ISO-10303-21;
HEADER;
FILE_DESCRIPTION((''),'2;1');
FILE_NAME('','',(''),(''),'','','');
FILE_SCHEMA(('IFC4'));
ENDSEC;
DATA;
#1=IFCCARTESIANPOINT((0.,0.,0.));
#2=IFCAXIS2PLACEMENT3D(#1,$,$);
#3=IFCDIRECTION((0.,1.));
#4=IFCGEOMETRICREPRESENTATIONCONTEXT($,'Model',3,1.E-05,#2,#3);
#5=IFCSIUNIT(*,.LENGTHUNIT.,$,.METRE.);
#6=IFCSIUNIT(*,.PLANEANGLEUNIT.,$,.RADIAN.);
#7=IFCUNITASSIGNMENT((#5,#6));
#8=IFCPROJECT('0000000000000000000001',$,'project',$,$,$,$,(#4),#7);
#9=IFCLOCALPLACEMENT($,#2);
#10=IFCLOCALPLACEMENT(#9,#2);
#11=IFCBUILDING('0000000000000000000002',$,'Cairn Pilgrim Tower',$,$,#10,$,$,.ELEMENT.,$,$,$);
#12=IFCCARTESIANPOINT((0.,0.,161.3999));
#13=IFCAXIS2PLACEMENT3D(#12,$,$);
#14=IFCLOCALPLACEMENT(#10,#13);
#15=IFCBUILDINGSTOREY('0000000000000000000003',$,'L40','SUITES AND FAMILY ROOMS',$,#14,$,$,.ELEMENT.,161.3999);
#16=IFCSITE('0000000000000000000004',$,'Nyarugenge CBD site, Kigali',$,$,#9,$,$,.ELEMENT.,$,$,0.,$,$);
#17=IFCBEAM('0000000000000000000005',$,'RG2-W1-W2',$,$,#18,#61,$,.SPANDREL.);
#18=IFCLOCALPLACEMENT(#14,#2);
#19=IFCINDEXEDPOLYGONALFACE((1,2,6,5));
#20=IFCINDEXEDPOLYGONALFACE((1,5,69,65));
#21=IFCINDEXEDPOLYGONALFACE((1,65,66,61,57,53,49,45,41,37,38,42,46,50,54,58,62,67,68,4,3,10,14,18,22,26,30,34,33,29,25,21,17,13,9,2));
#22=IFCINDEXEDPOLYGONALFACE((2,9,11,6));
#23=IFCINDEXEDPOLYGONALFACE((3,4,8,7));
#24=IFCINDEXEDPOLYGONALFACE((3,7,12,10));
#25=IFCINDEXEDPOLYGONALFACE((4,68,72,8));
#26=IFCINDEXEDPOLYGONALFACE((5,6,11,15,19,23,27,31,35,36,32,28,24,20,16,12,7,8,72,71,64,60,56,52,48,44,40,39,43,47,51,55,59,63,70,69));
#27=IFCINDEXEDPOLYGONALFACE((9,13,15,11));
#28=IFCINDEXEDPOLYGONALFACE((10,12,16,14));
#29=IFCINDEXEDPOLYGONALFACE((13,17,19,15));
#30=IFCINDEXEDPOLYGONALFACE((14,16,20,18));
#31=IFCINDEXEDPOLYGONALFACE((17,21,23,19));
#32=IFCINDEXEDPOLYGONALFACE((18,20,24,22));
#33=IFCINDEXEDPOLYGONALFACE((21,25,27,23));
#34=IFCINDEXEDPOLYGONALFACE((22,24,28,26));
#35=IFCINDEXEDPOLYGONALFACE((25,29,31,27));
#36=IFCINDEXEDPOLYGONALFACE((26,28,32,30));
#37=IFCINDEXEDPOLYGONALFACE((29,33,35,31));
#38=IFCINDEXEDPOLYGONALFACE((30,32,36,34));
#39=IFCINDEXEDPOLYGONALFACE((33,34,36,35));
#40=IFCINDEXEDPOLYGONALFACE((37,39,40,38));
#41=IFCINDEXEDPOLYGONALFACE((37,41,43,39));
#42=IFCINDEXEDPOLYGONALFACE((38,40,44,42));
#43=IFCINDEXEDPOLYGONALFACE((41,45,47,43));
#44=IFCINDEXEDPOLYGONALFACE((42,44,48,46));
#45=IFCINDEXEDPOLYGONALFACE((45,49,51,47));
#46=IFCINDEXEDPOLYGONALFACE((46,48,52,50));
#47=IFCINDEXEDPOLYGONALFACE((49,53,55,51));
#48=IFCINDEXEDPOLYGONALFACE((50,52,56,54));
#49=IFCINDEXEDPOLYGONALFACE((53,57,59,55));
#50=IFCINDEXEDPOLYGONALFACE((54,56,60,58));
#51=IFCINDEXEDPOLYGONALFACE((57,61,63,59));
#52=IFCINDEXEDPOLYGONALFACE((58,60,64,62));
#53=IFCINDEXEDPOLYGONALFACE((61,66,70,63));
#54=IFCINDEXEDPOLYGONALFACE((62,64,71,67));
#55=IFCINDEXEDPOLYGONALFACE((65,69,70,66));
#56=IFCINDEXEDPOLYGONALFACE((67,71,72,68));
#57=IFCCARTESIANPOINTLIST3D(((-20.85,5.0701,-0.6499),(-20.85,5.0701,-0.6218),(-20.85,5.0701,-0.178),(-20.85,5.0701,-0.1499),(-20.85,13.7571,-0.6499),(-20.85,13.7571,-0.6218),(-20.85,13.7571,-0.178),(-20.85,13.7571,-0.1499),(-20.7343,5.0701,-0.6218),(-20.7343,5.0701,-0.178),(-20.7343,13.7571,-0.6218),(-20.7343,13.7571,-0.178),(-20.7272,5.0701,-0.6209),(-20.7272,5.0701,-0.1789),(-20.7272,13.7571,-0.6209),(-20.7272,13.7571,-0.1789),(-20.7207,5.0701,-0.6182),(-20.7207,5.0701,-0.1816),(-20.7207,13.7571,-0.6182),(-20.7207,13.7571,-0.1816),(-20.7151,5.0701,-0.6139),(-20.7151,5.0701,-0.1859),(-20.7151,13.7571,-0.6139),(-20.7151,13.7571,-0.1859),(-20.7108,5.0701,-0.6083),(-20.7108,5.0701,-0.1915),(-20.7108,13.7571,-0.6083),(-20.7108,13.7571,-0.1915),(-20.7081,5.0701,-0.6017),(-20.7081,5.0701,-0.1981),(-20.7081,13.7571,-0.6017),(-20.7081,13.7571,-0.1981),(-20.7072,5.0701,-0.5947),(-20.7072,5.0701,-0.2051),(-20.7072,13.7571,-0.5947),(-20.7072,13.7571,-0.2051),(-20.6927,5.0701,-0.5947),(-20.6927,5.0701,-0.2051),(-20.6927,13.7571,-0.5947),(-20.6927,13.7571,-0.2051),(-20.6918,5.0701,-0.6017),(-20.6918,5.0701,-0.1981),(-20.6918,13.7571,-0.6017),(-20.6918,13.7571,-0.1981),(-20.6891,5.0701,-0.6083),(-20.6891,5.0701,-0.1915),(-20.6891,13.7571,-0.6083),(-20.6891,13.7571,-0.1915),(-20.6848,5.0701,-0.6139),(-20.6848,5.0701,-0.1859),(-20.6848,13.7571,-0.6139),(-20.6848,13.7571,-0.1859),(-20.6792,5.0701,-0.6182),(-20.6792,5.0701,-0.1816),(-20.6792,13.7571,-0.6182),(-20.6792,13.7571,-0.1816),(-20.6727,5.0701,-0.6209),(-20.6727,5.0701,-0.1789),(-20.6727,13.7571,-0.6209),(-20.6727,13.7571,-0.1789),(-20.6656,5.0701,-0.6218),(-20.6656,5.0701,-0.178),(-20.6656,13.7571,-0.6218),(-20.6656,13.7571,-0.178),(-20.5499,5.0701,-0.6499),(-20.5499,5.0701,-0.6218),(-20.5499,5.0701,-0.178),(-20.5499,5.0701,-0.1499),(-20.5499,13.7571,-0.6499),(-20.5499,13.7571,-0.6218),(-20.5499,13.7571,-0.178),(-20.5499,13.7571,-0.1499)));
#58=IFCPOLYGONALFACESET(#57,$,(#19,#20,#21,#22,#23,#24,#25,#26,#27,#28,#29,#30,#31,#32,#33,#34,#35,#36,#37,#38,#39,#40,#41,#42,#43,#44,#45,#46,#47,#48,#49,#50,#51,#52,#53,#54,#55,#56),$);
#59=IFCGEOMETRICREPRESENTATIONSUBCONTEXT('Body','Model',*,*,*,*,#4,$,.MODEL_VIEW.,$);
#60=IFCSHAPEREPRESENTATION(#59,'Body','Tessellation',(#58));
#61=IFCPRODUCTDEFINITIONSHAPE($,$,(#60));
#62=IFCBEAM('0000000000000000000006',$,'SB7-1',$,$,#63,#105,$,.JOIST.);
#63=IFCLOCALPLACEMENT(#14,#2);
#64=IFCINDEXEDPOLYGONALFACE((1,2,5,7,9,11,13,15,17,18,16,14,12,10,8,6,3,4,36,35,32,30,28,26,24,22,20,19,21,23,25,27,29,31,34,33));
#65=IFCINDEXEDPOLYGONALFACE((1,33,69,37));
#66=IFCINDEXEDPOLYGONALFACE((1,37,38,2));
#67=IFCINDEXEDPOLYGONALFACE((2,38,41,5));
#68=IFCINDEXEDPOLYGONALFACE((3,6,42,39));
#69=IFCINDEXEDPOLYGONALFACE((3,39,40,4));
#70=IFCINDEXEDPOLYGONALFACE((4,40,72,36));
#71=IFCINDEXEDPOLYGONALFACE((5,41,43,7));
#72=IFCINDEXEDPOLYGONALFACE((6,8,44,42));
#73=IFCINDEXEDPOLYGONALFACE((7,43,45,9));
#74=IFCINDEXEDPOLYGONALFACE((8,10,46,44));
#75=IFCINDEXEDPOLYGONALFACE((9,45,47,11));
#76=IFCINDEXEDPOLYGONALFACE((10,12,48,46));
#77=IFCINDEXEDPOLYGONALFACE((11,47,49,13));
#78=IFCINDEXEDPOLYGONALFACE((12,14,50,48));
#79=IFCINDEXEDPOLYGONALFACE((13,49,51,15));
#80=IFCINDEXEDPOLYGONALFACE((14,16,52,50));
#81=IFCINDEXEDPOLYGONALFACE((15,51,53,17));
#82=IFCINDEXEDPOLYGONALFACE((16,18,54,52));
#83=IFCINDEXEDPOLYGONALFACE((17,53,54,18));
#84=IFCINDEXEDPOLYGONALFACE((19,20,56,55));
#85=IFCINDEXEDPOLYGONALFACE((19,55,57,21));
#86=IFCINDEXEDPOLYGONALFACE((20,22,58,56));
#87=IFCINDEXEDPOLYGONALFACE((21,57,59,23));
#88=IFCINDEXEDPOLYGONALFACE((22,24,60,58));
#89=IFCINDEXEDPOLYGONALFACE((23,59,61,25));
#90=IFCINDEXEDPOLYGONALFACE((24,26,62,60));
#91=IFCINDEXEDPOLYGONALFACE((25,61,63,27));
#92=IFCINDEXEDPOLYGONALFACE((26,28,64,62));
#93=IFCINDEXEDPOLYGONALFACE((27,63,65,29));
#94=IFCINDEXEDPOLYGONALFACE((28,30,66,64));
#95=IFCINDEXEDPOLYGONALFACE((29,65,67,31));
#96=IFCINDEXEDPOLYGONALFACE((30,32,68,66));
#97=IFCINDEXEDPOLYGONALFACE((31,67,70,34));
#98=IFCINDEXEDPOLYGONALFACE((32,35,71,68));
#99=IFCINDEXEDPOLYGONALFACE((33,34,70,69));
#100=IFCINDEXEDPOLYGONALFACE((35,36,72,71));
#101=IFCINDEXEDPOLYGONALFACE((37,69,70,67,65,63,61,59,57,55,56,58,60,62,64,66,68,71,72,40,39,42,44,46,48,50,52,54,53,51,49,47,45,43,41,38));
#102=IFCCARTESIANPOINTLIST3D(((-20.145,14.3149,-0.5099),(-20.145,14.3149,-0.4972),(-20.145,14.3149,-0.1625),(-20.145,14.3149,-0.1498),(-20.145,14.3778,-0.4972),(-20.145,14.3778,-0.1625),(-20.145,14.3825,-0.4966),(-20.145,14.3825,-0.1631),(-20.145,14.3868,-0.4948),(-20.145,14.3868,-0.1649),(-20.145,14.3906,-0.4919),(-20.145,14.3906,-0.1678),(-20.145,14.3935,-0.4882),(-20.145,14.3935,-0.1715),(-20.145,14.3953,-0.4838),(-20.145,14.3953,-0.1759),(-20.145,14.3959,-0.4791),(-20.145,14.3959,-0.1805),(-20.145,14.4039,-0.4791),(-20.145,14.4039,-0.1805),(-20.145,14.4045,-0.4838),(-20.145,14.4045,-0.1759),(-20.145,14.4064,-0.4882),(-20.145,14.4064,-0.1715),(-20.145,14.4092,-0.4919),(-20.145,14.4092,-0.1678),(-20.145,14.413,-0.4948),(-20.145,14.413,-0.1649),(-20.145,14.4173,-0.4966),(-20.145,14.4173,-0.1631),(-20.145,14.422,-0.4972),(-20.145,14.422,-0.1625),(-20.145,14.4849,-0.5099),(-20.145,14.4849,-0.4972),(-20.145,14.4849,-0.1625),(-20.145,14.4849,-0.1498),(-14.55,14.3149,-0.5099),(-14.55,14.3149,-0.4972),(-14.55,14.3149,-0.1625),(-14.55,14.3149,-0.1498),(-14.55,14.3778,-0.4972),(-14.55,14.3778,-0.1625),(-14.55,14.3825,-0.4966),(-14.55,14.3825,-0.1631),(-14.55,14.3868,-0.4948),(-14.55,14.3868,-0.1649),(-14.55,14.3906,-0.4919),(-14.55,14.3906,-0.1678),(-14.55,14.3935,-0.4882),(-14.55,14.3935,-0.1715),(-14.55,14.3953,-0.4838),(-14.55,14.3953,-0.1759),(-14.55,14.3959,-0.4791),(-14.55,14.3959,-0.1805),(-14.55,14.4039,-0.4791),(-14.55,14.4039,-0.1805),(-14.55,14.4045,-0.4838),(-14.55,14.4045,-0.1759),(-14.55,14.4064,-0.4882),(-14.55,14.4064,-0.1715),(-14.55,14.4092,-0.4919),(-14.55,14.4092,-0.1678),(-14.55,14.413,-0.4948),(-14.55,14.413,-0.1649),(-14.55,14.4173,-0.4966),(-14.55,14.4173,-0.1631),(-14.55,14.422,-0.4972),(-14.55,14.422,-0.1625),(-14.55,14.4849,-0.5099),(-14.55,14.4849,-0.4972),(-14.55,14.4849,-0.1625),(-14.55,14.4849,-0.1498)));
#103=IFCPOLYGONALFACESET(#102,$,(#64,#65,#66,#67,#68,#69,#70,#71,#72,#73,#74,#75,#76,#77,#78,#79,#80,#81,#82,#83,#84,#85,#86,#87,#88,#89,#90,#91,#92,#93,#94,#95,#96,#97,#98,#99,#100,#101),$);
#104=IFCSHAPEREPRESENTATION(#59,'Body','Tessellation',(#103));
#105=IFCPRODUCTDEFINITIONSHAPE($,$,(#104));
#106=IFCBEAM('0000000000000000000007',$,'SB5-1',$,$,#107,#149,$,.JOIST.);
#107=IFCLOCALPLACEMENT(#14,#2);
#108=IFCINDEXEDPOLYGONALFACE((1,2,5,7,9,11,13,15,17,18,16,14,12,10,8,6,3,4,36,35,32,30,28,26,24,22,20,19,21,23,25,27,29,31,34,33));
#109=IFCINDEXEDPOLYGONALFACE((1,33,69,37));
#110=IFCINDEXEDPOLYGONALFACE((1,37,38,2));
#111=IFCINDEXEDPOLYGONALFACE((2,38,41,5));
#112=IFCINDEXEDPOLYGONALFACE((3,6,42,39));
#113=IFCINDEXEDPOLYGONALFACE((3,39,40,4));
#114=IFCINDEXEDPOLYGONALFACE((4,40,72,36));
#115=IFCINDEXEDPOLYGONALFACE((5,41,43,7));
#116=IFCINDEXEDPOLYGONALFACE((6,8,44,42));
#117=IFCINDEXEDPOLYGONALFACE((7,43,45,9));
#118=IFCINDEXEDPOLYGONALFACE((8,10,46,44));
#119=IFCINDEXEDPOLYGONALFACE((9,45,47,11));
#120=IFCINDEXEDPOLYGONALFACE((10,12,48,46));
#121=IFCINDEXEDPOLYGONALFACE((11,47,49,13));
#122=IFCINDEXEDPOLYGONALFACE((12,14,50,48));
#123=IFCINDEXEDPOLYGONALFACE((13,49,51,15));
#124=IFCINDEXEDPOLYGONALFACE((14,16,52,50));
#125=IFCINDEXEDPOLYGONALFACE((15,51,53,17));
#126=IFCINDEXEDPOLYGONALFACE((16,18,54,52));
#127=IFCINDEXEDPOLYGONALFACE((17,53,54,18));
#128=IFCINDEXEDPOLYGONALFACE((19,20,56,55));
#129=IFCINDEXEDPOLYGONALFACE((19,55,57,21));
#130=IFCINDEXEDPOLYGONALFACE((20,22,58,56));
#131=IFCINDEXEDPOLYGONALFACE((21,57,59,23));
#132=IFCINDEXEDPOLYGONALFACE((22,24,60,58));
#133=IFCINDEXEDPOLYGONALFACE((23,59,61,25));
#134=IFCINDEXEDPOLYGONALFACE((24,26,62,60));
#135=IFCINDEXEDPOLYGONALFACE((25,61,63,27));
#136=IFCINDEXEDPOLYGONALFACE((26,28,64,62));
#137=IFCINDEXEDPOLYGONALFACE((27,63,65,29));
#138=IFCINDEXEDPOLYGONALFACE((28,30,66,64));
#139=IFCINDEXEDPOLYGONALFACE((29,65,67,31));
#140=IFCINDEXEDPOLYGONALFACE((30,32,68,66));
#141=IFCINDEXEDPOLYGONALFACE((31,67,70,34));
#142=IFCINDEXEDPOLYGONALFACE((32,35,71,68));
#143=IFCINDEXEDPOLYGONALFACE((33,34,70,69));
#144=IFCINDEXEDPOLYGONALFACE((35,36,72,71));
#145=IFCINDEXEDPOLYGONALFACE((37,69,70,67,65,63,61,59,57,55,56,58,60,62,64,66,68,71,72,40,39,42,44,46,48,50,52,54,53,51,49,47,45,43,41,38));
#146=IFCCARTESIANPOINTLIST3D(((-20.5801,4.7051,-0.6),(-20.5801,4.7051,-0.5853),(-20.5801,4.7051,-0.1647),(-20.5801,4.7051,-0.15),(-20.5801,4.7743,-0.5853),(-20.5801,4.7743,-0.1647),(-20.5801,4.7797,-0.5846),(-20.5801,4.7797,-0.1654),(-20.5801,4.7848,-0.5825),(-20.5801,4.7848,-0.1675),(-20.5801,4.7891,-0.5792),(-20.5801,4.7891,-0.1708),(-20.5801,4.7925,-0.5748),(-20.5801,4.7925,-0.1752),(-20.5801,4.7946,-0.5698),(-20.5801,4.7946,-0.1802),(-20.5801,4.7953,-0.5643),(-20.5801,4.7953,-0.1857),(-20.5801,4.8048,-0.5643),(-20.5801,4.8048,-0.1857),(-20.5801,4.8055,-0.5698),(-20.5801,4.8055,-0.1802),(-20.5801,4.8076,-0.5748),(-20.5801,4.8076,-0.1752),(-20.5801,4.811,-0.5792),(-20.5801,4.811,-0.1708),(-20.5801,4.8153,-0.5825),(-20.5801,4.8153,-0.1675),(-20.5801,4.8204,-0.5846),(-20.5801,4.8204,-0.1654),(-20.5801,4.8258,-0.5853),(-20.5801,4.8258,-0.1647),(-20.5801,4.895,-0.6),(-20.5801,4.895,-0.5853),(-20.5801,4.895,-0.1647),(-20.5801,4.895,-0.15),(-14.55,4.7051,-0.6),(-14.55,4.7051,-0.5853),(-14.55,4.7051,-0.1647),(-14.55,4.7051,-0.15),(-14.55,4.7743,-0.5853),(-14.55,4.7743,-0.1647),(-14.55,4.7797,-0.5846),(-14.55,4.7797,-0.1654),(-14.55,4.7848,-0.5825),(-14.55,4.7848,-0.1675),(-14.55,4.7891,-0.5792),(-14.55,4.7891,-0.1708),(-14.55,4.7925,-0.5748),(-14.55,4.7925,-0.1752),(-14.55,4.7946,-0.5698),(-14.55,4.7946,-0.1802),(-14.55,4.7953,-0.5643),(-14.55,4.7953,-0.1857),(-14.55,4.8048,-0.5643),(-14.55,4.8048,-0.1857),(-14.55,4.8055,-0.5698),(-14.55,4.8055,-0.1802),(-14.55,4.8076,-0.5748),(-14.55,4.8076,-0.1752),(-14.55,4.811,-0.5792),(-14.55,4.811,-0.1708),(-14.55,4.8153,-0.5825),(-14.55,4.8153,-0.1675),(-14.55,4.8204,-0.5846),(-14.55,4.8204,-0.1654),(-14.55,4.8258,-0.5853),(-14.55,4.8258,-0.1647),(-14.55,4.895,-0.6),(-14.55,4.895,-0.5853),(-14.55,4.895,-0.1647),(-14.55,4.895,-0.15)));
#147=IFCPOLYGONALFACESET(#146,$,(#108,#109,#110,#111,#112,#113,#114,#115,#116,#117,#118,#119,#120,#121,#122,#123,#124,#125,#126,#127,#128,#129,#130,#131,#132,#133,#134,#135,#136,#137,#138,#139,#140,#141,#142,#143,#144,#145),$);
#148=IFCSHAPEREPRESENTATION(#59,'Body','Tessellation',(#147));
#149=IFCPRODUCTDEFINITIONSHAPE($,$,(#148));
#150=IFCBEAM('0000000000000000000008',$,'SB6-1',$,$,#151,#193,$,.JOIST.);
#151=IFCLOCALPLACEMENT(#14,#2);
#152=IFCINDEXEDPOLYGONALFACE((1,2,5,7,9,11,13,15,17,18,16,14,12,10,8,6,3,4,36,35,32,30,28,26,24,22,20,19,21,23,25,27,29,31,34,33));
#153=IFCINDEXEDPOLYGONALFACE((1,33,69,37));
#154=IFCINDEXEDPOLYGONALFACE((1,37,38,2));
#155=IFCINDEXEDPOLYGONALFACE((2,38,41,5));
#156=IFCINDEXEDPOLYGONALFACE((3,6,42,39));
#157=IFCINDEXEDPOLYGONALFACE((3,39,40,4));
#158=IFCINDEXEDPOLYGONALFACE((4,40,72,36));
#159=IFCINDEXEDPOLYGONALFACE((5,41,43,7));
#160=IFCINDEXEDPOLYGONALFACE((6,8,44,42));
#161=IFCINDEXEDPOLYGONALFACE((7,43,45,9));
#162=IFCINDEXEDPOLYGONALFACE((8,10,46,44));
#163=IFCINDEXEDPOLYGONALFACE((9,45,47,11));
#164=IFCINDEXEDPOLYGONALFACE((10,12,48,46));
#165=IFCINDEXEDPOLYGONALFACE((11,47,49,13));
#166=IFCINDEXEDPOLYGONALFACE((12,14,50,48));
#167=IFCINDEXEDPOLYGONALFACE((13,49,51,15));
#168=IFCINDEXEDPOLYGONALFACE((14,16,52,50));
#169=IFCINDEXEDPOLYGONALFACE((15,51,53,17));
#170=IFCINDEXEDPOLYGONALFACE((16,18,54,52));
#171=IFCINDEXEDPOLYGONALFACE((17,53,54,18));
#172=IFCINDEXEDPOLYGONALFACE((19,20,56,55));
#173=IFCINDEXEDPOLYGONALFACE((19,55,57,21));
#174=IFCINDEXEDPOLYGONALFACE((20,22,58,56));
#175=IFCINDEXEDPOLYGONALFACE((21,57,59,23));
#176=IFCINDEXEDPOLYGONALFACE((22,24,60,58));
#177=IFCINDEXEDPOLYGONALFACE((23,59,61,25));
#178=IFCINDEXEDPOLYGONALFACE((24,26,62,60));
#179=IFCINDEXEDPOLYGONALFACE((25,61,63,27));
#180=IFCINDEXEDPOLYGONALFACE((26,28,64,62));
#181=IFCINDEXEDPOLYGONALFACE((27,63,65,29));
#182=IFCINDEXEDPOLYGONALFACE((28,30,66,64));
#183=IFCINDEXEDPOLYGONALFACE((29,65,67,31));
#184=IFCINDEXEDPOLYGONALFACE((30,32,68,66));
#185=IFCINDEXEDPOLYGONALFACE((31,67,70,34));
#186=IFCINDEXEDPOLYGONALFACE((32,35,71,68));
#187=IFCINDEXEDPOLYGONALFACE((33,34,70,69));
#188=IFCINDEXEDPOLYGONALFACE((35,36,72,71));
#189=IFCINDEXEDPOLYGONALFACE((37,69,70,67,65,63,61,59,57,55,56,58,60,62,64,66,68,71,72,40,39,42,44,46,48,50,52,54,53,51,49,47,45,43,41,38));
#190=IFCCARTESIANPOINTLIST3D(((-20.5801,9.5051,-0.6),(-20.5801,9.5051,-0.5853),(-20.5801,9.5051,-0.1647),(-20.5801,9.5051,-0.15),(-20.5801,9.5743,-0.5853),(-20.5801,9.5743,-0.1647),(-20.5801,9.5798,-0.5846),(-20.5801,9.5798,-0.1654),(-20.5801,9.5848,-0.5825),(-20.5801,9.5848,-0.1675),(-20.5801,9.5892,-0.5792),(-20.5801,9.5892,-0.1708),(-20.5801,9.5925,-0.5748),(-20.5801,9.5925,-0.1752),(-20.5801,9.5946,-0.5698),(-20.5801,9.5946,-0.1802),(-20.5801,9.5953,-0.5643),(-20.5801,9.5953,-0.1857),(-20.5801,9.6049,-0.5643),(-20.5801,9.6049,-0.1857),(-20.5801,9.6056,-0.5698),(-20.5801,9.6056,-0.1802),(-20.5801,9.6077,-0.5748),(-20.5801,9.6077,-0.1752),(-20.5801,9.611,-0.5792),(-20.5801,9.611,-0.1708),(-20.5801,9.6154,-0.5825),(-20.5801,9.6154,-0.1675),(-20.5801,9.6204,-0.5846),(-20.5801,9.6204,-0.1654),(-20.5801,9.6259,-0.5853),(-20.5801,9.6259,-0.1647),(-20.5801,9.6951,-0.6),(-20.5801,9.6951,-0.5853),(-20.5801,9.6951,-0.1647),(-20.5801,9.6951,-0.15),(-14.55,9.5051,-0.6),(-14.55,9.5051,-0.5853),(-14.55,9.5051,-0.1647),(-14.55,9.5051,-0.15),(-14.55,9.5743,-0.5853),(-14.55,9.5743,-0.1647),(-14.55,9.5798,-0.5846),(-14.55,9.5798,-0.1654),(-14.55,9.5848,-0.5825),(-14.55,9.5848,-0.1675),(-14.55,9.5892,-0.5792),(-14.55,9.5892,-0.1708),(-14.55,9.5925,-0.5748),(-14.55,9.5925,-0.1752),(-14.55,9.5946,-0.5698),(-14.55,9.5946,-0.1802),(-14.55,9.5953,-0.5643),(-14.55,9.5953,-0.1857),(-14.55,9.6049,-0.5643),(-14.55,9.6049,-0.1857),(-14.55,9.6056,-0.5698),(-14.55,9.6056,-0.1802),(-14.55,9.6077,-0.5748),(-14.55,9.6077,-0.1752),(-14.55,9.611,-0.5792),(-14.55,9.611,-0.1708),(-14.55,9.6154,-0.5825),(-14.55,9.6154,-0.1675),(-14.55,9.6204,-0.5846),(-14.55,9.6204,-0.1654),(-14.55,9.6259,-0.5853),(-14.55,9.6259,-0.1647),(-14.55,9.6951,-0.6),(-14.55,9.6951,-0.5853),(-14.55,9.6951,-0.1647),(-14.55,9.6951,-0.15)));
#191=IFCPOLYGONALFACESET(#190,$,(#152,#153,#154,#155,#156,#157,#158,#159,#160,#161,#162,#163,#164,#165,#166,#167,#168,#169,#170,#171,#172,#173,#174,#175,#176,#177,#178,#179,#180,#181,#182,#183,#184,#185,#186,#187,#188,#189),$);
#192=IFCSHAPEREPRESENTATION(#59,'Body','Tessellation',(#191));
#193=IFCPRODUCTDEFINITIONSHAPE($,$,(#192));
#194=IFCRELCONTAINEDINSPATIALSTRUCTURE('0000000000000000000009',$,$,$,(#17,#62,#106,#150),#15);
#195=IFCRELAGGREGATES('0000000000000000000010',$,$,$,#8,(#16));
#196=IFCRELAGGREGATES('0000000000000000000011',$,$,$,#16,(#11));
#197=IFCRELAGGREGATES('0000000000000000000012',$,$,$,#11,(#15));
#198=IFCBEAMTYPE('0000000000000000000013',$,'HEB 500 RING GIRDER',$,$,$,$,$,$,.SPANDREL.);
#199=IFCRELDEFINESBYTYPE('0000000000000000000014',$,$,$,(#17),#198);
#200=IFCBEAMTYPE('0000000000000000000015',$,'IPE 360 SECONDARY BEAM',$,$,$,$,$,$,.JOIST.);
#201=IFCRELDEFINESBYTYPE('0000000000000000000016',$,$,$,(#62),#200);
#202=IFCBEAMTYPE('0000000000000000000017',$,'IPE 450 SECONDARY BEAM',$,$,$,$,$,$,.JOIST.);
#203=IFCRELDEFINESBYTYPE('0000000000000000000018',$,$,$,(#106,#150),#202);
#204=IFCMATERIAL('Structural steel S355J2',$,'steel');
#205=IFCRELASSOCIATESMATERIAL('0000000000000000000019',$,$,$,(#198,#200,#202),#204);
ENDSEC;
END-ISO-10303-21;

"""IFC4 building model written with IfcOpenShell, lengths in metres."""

from ifc_helpers import new_model, si_unit, direction, frame, origin, origin_2d, place, context, subcontext, project, spatial, i_section, extrude, material, material_profile, profile_set, type_object, element, save


model = new_model("IFC4")

# Units and contexts
model_context = context("Model", 3, precision=1e-05, world=origin(), true_north=direction((0.0, 1.0)))
body_context = subcontext(model_context, "Body", "Model", "MODEL_VIEW")
ifc_project = project(units=[si_unit("LENGTHUNIT", "METRE"), si_unit("PLANEANGLEUNIT", "RADIAN")], contexts=[model_context])

# Site, building, storey
site_placement = place(None, origin())
site = spatial("IfcSite", under=ifc_project, at=site_placement, Name="Nyarugenge CBD site, Kigali", CompositionType="ELEMENT", RefElevation=0.0)
building_placement = place(site_placement, origin())
building = spatial("IfcBuilding", under=site, at=building_placement, Name="Cairn Pilgrim Tower", CompositionType="ELEMENT")
storey_placement = place(building_placement, frame((0.0, 0.0, 161.3999)))
storey = spatial("IfcBuildingStorey", under=building, at=storey_placement, Name="L40", Description="SUITES AND FAMILY ROOMS", CompositionType="ELEMENT", Elevation=161.3999)

# Shared definitions
ifc_material_1 = material(Name="Structural steel S355J2", Category="steel")

# Beams
ifc_material_profile_1 = material_profile(ifc_material_1, i_section(OverallWidth=0.3, OverallDepth=0.5, WebThickness=0.0144, FlangeThickness=0.0281, FilletRadius=0.0271, at=origin_2d()), Name="HEB 500")
ifc_profile_set_1 = profile_set([ifc_material_profile_1], Name="Structural steel S355J2")
beam_type_1 = type_object("IfcBeamType", Name="HEB 500 RING GIRDER", PredefinedType="SPANDREL", material=ifc_profile_set_1)
beam_1_placement = place(storey_placement, frame((-20.7, 13.7571, -0.3999), z_axis=(0.0, -1.0, 0.0), x_axis=(1.0, 0.0, 0.0)))
element("IfcBeam", 1, at=beam_1_placement, inside=storey, type_object=beam_type_1, Name="RG2-W1-W2", PredefinedType="SPANDREL", context=body_context, shape_type="SweptSolid", body=[
    extrude(i_section(OverallWidth=0.3, OverallDepth=0.5, WebThickness=0.0144, FlangeThickness=0.0281, FilletRadius=0.0271, at=origin_2d()), origin(), (0.0, 0.0, 1.0), 8.687),
])
ifc_material_profile_2 = material_profile(ifc_material_1, i_section(OverallWidth=0.1699, OverallDepth=0.3601, WebThickness=0.0081, FlangeThickness=0.0127, FilletRadius=0.0181, at=origin_2d()), Name="IPE 360")
ifc_profile_set_2 = profile_set([ifc_material_profile_2], Name="Structural steel S355J2")
beam_type_2 = type_object("IfcBeamType", Name="IPE 360 SECONDARY BEAM", PredefinedType="JOIST", material=ifc_profile_set_2)
beam_2_placement = place(storey_placement, frame((-20.145, 14.3999, -0.3298), z_axis=(1.0, 0.0, 0.0), x_axis=(0.0, 1.0, 0.0)))
element("IfcBeam", 2, at=beam_2_placement, inside=storey, type_object=beam_type_2, Name="SB7-1", PredefinedType="JOIST", context=body_context, shape_type="SweptSolid", body=[
    extrude(i_section(OverallWidth=0.1699, OverallDepth=0.3601, WebThickness=0.0081, FlangeThickness=0.0127, FilletRadius=0.0181, at=origin_2d()), origin(), (0.0, 0.0, 1.0), 5.595),
])
ifc_material_profile_3 = material_profile(ifc_material_1, i_section(OverallWidth=0.1899, OverallDepth=0.45, WebThickness=0.0095, FlangeThickness=0.0146, FilletRadius=0.021, at=origin_2d()), Name="IPE 450")
ifc_profile_set_3 = profile_set([ifc_material_profile_3], Name="Structural steel S355J2")
beam_type_3 = type_object("IfcBeamType", Name="IPE 450 SECONDARY BEAM", PredefinedType="JOIST", material=ifc_profile_set_3)
for number, where, z_axis, x_axis, name in (
    (3, (-20.5801, 4.8, -0.375), (1.0, 0.0, 0.0), (0.0, 1.0, 0.0), "SB5-1"),
    (4, (-20.5801, 9.6001, -0.375), (1.0, 0.0, 0.0), (0.0, 1.0, 0.0), "SB6-1"),
):
    element("IfcBeam", number, at=place(storey_placement, frame(where, z_axis=z_axis, x_axis=x_axis)), inside=storey, type_object=beam_type_3, Name=name, PredefinedType="JOIST", context=body_context, shape_type="SweptSolid", body=[
        extrude(i_section(OverallWidth=0.1899, OverallDepth=0.45, WebThickness=0.0095, FlangeThickness=0.0146, FilletRadius=0.021, at=origin_2d()), origin(), (0.0, 0.0, 1.0), 6.03),
    ])

save(model, "model.ifc")
